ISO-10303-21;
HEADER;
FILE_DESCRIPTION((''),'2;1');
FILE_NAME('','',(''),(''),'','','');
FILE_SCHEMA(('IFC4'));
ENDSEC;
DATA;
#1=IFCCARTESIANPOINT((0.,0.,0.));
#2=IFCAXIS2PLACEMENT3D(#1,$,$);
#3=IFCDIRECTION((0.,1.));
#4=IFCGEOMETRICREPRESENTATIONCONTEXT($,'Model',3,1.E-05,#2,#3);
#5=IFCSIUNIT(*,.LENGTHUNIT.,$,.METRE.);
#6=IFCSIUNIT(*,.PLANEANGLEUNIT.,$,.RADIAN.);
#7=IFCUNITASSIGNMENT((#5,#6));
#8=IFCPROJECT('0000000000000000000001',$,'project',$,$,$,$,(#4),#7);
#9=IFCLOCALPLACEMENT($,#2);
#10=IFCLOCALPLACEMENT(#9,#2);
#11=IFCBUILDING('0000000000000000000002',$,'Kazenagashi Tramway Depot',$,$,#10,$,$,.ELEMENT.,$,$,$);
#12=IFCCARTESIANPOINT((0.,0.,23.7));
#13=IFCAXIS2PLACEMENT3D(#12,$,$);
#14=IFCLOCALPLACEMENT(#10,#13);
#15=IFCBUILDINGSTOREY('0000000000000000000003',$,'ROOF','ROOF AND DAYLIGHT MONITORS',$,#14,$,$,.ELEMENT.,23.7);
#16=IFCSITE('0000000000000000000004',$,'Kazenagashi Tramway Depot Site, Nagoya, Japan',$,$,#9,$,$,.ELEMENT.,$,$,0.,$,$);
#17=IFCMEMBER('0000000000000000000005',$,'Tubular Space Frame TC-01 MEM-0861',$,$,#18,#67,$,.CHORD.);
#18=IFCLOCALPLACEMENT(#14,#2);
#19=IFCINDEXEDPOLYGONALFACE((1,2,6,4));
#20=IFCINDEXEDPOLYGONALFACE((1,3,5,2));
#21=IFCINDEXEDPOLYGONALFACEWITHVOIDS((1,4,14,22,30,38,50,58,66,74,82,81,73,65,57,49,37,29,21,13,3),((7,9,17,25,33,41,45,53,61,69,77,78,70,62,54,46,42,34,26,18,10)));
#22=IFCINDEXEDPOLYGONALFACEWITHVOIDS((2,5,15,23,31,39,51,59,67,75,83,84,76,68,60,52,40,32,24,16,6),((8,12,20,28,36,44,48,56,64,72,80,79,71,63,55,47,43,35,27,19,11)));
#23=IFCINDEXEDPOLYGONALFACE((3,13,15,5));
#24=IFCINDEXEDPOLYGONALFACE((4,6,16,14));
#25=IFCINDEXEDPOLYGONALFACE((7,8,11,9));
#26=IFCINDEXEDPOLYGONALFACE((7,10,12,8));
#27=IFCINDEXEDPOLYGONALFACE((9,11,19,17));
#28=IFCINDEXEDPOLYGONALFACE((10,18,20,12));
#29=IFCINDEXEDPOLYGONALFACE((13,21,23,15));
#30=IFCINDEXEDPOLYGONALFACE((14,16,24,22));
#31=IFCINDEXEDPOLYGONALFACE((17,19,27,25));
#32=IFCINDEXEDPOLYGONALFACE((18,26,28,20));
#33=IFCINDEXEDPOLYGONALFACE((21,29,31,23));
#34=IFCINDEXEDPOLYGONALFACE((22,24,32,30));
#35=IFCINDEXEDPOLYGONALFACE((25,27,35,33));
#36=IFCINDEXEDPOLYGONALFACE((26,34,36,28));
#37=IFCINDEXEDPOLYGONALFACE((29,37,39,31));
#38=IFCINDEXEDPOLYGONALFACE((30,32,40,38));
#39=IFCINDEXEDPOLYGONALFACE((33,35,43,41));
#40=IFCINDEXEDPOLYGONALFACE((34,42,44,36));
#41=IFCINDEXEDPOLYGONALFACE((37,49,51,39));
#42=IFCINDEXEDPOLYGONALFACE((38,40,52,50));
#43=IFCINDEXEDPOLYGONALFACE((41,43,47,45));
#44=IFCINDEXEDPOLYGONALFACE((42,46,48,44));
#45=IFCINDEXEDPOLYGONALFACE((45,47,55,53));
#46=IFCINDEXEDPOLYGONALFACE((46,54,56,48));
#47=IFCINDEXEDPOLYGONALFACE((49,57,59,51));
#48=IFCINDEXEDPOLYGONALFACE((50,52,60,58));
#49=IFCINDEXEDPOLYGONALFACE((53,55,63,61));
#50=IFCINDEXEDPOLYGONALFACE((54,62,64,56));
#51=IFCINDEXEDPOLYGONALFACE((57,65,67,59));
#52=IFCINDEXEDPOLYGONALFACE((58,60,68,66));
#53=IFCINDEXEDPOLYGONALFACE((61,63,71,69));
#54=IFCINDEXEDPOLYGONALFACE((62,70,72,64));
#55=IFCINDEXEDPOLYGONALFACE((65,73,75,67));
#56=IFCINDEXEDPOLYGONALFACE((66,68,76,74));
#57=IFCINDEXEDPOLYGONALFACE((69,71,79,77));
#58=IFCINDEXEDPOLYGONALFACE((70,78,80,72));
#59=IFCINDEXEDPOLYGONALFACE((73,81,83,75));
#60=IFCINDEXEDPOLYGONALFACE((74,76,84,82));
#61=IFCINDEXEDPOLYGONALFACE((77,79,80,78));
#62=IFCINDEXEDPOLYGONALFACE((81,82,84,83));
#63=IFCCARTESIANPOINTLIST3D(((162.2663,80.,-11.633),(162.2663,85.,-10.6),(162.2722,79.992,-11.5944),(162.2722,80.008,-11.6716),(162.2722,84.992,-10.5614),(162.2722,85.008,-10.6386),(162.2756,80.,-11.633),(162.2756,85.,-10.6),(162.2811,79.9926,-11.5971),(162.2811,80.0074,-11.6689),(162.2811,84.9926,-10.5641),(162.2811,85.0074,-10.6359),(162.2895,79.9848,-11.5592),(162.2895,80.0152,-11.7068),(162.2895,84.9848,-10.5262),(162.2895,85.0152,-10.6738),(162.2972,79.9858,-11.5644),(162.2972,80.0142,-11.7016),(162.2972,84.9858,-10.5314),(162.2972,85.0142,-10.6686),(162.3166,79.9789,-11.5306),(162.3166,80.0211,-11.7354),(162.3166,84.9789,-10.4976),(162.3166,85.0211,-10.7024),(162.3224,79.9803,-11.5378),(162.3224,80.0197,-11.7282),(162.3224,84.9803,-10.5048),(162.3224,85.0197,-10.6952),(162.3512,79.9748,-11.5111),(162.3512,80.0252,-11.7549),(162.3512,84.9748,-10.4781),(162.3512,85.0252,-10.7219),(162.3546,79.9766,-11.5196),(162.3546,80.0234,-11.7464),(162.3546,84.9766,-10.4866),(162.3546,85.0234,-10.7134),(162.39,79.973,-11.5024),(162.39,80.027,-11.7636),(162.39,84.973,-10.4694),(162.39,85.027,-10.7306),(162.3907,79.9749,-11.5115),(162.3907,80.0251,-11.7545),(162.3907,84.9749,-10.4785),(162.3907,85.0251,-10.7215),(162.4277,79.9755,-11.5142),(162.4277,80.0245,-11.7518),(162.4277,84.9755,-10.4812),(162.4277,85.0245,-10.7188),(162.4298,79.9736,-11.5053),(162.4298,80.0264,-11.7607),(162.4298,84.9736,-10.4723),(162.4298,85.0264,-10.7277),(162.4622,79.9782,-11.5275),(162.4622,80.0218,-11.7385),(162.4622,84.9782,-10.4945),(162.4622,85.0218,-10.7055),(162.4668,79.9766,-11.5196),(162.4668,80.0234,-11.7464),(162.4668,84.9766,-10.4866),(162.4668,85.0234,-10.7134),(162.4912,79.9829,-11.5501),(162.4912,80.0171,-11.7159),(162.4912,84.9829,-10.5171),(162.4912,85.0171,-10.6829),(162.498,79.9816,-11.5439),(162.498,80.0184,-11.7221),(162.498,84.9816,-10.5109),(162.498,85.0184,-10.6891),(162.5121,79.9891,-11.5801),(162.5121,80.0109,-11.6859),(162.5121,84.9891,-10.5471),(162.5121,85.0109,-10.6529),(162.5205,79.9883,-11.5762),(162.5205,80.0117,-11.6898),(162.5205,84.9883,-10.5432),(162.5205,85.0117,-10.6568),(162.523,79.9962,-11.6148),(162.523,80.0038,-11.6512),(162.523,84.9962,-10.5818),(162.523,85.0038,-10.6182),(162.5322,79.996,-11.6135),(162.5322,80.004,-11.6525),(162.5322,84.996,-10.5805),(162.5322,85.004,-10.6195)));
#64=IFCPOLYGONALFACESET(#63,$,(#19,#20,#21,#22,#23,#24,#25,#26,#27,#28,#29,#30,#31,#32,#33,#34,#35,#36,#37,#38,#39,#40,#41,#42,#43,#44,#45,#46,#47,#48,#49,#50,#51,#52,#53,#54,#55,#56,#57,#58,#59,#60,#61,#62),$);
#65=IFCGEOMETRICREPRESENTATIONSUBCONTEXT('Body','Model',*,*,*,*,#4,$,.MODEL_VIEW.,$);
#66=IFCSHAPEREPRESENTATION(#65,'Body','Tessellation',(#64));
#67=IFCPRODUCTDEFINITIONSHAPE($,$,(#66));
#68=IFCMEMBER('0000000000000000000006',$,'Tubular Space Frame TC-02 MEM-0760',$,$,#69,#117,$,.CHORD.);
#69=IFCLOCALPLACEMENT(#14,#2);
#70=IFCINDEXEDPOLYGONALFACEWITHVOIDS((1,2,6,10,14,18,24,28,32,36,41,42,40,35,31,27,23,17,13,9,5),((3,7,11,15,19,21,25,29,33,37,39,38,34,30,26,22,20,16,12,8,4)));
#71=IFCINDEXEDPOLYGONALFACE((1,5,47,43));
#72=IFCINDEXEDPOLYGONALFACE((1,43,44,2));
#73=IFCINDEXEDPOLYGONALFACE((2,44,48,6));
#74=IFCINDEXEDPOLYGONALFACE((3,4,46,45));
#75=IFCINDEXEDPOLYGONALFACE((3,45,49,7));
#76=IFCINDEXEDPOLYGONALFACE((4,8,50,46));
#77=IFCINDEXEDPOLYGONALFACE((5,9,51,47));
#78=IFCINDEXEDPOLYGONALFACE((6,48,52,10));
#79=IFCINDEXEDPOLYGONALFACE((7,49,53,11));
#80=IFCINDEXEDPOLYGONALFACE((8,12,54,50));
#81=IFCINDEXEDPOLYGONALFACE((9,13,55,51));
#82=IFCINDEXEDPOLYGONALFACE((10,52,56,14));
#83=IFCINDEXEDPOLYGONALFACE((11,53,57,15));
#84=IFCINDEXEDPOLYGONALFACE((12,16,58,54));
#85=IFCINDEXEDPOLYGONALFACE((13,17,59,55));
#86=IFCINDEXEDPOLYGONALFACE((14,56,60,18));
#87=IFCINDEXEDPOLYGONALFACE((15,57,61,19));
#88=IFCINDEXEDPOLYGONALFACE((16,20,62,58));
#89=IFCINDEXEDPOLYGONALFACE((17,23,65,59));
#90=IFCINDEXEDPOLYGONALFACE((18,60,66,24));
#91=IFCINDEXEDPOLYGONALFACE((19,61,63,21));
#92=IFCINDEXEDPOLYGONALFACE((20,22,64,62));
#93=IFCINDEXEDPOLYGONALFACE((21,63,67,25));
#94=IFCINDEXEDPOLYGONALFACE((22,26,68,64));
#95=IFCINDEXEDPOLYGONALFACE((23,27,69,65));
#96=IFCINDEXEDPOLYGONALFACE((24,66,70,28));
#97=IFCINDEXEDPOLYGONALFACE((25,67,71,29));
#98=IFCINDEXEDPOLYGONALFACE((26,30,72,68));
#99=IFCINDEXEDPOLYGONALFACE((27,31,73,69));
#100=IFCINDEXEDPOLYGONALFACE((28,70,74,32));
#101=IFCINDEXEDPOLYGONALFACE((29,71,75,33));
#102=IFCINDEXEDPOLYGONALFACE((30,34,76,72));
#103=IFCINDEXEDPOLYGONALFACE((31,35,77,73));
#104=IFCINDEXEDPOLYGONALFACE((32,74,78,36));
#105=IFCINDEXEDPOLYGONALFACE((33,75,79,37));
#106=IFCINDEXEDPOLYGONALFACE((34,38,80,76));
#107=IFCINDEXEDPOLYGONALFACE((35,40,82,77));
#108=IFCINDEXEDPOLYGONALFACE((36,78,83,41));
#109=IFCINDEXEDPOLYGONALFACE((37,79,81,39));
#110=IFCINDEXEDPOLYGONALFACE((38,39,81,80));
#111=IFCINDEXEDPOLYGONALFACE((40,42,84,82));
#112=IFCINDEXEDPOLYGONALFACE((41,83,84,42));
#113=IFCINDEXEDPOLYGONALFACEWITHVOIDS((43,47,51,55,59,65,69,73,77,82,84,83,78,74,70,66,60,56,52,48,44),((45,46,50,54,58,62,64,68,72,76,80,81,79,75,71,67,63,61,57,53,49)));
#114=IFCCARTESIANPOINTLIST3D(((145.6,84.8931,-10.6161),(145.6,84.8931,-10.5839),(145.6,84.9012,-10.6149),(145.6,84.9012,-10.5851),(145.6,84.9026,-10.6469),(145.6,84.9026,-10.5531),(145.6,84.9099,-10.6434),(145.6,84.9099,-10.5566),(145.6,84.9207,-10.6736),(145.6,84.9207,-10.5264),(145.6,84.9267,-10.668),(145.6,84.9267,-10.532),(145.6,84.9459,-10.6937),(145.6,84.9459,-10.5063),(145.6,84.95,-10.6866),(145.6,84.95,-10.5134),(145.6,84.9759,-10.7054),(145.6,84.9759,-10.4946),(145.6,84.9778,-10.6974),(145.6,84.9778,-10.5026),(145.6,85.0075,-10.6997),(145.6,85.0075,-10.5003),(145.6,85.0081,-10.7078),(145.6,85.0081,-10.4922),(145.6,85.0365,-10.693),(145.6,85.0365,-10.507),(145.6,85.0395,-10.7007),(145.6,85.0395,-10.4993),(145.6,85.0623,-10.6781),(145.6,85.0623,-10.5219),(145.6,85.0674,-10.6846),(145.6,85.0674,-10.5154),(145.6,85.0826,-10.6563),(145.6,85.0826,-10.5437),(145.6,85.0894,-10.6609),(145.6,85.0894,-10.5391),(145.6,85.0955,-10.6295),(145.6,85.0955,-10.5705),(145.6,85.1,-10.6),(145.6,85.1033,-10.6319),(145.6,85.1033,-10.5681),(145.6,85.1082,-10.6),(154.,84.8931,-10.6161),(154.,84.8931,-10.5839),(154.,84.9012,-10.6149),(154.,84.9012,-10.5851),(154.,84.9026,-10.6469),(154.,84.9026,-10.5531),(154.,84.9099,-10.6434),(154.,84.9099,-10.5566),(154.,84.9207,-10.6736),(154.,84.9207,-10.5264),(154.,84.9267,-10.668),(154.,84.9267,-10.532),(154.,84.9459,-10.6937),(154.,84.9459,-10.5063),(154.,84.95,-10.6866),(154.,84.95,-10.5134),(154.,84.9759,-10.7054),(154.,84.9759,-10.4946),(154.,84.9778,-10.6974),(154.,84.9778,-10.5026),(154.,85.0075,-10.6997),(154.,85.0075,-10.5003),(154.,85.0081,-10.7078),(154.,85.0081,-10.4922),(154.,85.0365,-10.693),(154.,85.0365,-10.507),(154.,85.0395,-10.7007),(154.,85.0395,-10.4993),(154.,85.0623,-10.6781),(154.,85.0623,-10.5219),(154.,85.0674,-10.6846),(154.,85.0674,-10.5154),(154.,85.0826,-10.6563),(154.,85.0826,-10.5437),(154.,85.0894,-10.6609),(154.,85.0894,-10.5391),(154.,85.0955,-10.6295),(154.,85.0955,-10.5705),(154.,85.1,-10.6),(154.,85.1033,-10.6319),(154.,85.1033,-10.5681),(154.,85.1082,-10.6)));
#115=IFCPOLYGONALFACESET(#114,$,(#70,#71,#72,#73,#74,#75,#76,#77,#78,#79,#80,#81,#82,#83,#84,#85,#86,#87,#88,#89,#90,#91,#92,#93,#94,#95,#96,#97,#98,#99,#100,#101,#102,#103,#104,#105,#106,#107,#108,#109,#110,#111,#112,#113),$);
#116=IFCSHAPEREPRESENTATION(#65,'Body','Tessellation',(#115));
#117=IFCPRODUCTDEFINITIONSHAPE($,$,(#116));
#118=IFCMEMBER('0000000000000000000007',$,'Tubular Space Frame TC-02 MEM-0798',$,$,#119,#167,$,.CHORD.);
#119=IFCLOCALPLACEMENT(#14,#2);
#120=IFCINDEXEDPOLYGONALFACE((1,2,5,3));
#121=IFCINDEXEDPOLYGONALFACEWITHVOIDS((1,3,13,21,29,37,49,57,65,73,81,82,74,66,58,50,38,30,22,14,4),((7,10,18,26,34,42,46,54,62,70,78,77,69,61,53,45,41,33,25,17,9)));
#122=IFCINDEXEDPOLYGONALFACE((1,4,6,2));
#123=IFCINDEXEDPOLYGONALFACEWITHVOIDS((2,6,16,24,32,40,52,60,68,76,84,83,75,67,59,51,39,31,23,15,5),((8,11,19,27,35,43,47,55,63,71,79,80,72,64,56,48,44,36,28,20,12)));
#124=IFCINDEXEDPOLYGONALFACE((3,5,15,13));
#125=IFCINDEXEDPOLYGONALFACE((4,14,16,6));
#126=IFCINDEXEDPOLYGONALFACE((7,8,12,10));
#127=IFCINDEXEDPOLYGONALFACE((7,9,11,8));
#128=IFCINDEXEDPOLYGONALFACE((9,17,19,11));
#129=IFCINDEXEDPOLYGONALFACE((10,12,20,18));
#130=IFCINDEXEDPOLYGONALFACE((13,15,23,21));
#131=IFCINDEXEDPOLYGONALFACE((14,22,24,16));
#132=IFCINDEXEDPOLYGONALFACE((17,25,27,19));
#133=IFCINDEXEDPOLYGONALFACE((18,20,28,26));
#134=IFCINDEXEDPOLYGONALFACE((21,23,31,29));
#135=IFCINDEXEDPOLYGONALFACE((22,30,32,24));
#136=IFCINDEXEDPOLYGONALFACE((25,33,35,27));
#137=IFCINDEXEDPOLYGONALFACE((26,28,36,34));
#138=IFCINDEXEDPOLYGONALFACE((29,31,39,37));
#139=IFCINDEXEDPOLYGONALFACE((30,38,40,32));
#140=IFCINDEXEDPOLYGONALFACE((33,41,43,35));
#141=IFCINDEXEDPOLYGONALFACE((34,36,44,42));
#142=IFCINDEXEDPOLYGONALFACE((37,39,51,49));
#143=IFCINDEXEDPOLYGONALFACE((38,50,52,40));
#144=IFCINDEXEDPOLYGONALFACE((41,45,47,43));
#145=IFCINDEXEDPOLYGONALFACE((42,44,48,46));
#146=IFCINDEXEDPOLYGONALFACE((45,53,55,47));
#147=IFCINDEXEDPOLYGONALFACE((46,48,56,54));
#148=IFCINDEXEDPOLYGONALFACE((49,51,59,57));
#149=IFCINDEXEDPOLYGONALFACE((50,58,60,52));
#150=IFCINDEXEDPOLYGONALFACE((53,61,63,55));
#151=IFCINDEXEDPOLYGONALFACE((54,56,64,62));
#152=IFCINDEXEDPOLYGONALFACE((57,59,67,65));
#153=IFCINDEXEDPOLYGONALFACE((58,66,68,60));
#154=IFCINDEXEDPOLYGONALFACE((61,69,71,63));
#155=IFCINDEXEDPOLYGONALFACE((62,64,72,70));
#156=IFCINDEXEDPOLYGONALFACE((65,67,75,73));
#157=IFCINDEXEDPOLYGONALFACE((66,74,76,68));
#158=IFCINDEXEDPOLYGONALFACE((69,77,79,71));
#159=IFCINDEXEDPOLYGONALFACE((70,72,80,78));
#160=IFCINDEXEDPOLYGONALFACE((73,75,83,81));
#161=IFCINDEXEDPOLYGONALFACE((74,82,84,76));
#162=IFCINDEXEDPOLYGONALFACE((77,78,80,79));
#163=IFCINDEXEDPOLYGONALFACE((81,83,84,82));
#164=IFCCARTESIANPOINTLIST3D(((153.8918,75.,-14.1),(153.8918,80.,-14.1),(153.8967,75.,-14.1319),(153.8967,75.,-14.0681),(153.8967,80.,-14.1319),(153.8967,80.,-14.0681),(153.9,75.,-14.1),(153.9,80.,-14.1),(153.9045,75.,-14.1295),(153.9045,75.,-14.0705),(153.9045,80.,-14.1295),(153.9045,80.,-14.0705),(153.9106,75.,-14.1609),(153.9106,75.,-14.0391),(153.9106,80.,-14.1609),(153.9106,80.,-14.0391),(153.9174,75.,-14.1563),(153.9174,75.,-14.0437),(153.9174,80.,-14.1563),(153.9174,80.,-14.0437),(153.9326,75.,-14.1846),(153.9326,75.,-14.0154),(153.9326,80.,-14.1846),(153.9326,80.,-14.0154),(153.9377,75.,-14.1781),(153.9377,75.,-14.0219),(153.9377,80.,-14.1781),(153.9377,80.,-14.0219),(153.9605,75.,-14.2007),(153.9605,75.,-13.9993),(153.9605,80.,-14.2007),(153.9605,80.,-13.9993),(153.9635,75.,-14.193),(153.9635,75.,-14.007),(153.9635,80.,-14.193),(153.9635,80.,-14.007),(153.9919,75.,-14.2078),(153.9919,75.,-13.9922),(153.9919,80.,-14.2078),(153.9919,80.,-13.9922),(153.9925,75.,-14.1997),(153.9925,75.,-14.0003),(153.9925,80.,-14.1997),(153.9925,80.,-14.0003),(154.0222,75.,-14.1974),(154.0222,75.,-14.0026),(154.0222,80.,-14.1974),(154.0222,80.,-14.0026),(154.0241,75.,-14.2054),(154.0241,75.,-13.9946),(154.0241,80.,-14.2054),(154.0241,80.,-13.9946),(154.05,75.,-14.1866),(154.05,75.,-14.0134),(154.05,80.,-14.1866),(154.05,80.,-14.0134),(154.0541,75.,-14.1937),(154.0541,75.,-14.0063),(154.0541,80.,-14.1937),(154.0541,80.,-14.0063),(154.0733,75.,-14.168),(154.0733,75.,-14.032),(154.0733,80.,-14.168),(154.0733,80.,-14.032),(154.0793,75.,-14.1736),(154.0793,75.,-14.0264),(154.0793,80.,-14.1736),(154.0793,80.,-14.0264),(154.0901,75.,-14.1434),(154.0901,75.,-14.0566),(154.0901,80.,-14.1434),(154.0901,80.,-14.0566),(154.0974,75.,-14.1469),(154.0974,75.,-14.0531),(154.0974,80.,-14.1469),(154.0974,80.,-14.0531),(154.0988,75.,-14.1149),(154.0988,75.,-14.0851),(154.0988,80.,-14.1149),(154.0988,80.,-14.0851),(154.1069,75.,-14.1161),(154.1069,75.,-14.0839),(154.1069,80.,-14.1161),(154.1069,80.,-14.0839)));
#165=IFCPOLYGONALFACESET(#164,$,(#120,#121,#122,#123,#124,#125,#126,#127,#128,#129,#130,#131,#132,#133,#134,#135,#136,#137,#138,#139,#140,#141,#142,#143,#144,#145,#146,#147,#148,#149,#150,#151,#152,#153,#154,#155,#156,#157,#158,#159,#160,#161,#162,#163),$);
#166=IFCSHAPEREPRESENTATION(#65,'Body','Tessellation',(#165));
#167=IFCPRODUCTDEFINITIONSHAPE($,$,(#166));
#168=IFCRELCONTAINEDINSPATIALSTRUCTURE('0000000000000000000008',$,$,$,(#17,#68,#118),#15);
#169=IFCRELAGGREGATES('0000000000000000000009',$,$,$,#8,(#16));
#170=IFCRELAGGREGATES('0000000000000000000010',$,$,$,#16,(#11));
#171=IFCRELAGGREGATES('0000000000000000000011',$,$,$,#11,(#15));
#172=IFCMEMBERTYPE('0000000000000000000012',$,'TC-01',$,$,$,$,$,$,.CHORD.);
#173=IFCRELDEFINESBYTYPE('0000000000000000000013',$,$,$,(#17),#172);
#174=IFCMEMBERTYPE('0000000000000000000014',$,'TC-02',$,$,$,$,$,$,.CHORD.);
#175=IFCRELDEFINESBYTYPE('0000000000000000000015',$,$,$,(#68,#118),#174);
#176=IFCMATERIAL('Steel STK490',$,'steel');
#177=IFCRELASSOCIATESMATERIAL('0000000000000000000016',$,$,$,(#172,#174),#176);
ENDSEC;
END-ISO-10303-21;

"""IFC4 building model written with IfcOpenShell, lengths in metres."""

from ifc_helpers import new_model, si_unit, direction, frame, origin, origin_2d, place, context, subcontext, project, spatial, hollow_circle, extrude, material, material_profile, profile_set, type_object, element, save


model = new_model("IFC4")

# Units and contexts
model_context = context("Model", 3, precision=1e-05, world=origin(), true_north=direction((0.0, 1.0)))
body_context = subcontext(model_context, "Body", "Model", "MODEL_VIEW")
ifc_project = project(units=[si_unit("LENGTHUNIT", "METRE"), si_unit("PLANEANGLEUNIT", "RADIAN")], contexts=[model_context])

# Site, building, storey
site_placement = place(None, origin())
site = spatial("IfcSite", under=ifc_project, at=site_placement, Name="Kazenagashi Tramway Depot Site, Nagoya, Japan", CompositionType="ELEMENT", RefElevation=0.0)
building_placement = place(site_placement, origin())
building = spatial("IfcBuilding", under=site, at=building_placement, Name="Kazenagashi Tramway Depot", CompositionType="ELEMENT")
storey_placement = place(building_placement, frame((0.0, 0.0, 23.7)))
storey = spatial("IfcBuildingStorey", under=building, at=storey_placement, Name="ROOF", Description="ROOF AND DAYLIGHT MONITORS", CompositionType="ELEMENT", Elevation=23.7)

# Members
ifc_material_1 = material(Name="Steel STK490", Category="steel")
ifc_material_profile_1 = material_profile(ifc_material_1, hollow_circle(Radius=0.1337, WallThickness=0.0093, at=origin_2d()), Name="CHS-267.4x9.3")
ifc_profile_set_1 = profile_set([ifc_material_profile_1], Name="Steel STK490")
member_type_1 = type_object("IfcMemberType", Name="TC-01", PredefinedType="CHORD", material=ifc_profile_set_1)
member_1_placement = place(storey_placement, frame((162.4, 80.0, -11.633), z_axis=(0.0, 0.979318, 0.202327), x_axis=(-1.0, 0.0, 0.0)))
element("IfcMember", 1, at=member_1_placement, inside=storey, type_object=member_type_1, Name="Tubular Space Frame TC-01 MEM-0861", PredefinedType="CHORD", context=body_context, shape_type="SweptSolid", body=[
    extrude(hollow_circle(Radius=0.1337, WallThickness=0.0093, at=origin_2d()), origin(), (0.0, 0.0, 1.0), 5.1056),
])
ifc_material_profile_2 = material_profile(ifc_material_1, hollow_circle(Radius=0.1081, WallThickness=0.0082, at=origin_2d()), Name="CHS-216.3x8.2")
ifc_profile_set_2 = profile_set([ifc_material_profile_2], Name="Steel STK490")
member_type_2 = type_object("IfcMemberType", Name="TC-02", PredefinedType="CHORD", material=ifc_profile_set_2)
member_2_placement = place(storey_placement, frame((145.6, 85.0, -10.6), z_axis=(1.0, 0.0, 0.0), x_axis=(0.0, 1.0, 0.0)))
element("IfcMember", 2, at=member_2_placement, inside=storey, type_object=member_type_2, Name="Tubular Space Frame TC-02 MEM-0760", PredefinedType="CHORD", context=body_context, shape_type="SweptSolid", body=[
    extrude(hollow_circle(Radius=0.1081, WallThickness=0.0082, at=origin_2d()), origin(), (0.0, 0.0, 1.0), 8.4),
])
for number, where, z_axis, x_axis, name in (
    (3, (154.0, 75.0, -14.1), (0.0, 1.0, 0.0), (-1.0, 0.0, 0.0), "Tubular Space Frame TC-02 MEM-0798"),
):
    element("IfcMember", number, at=place(storey_placement, frame(where, z_axis=z_axis, x_axis=x_axis)), inside=storey, type_object=member_type_2, Name=name, PredefinedType="CHORD", context=body_context, shape_type="SweptSolid", body=[
        extrude(hollow_circle(Radius=0.1081, WallThickness=0.0082, at=origin_2d()), origin(), (0.0, 0.0, 1.0), 5.0),
    ])

save(model, "model.ifc")
